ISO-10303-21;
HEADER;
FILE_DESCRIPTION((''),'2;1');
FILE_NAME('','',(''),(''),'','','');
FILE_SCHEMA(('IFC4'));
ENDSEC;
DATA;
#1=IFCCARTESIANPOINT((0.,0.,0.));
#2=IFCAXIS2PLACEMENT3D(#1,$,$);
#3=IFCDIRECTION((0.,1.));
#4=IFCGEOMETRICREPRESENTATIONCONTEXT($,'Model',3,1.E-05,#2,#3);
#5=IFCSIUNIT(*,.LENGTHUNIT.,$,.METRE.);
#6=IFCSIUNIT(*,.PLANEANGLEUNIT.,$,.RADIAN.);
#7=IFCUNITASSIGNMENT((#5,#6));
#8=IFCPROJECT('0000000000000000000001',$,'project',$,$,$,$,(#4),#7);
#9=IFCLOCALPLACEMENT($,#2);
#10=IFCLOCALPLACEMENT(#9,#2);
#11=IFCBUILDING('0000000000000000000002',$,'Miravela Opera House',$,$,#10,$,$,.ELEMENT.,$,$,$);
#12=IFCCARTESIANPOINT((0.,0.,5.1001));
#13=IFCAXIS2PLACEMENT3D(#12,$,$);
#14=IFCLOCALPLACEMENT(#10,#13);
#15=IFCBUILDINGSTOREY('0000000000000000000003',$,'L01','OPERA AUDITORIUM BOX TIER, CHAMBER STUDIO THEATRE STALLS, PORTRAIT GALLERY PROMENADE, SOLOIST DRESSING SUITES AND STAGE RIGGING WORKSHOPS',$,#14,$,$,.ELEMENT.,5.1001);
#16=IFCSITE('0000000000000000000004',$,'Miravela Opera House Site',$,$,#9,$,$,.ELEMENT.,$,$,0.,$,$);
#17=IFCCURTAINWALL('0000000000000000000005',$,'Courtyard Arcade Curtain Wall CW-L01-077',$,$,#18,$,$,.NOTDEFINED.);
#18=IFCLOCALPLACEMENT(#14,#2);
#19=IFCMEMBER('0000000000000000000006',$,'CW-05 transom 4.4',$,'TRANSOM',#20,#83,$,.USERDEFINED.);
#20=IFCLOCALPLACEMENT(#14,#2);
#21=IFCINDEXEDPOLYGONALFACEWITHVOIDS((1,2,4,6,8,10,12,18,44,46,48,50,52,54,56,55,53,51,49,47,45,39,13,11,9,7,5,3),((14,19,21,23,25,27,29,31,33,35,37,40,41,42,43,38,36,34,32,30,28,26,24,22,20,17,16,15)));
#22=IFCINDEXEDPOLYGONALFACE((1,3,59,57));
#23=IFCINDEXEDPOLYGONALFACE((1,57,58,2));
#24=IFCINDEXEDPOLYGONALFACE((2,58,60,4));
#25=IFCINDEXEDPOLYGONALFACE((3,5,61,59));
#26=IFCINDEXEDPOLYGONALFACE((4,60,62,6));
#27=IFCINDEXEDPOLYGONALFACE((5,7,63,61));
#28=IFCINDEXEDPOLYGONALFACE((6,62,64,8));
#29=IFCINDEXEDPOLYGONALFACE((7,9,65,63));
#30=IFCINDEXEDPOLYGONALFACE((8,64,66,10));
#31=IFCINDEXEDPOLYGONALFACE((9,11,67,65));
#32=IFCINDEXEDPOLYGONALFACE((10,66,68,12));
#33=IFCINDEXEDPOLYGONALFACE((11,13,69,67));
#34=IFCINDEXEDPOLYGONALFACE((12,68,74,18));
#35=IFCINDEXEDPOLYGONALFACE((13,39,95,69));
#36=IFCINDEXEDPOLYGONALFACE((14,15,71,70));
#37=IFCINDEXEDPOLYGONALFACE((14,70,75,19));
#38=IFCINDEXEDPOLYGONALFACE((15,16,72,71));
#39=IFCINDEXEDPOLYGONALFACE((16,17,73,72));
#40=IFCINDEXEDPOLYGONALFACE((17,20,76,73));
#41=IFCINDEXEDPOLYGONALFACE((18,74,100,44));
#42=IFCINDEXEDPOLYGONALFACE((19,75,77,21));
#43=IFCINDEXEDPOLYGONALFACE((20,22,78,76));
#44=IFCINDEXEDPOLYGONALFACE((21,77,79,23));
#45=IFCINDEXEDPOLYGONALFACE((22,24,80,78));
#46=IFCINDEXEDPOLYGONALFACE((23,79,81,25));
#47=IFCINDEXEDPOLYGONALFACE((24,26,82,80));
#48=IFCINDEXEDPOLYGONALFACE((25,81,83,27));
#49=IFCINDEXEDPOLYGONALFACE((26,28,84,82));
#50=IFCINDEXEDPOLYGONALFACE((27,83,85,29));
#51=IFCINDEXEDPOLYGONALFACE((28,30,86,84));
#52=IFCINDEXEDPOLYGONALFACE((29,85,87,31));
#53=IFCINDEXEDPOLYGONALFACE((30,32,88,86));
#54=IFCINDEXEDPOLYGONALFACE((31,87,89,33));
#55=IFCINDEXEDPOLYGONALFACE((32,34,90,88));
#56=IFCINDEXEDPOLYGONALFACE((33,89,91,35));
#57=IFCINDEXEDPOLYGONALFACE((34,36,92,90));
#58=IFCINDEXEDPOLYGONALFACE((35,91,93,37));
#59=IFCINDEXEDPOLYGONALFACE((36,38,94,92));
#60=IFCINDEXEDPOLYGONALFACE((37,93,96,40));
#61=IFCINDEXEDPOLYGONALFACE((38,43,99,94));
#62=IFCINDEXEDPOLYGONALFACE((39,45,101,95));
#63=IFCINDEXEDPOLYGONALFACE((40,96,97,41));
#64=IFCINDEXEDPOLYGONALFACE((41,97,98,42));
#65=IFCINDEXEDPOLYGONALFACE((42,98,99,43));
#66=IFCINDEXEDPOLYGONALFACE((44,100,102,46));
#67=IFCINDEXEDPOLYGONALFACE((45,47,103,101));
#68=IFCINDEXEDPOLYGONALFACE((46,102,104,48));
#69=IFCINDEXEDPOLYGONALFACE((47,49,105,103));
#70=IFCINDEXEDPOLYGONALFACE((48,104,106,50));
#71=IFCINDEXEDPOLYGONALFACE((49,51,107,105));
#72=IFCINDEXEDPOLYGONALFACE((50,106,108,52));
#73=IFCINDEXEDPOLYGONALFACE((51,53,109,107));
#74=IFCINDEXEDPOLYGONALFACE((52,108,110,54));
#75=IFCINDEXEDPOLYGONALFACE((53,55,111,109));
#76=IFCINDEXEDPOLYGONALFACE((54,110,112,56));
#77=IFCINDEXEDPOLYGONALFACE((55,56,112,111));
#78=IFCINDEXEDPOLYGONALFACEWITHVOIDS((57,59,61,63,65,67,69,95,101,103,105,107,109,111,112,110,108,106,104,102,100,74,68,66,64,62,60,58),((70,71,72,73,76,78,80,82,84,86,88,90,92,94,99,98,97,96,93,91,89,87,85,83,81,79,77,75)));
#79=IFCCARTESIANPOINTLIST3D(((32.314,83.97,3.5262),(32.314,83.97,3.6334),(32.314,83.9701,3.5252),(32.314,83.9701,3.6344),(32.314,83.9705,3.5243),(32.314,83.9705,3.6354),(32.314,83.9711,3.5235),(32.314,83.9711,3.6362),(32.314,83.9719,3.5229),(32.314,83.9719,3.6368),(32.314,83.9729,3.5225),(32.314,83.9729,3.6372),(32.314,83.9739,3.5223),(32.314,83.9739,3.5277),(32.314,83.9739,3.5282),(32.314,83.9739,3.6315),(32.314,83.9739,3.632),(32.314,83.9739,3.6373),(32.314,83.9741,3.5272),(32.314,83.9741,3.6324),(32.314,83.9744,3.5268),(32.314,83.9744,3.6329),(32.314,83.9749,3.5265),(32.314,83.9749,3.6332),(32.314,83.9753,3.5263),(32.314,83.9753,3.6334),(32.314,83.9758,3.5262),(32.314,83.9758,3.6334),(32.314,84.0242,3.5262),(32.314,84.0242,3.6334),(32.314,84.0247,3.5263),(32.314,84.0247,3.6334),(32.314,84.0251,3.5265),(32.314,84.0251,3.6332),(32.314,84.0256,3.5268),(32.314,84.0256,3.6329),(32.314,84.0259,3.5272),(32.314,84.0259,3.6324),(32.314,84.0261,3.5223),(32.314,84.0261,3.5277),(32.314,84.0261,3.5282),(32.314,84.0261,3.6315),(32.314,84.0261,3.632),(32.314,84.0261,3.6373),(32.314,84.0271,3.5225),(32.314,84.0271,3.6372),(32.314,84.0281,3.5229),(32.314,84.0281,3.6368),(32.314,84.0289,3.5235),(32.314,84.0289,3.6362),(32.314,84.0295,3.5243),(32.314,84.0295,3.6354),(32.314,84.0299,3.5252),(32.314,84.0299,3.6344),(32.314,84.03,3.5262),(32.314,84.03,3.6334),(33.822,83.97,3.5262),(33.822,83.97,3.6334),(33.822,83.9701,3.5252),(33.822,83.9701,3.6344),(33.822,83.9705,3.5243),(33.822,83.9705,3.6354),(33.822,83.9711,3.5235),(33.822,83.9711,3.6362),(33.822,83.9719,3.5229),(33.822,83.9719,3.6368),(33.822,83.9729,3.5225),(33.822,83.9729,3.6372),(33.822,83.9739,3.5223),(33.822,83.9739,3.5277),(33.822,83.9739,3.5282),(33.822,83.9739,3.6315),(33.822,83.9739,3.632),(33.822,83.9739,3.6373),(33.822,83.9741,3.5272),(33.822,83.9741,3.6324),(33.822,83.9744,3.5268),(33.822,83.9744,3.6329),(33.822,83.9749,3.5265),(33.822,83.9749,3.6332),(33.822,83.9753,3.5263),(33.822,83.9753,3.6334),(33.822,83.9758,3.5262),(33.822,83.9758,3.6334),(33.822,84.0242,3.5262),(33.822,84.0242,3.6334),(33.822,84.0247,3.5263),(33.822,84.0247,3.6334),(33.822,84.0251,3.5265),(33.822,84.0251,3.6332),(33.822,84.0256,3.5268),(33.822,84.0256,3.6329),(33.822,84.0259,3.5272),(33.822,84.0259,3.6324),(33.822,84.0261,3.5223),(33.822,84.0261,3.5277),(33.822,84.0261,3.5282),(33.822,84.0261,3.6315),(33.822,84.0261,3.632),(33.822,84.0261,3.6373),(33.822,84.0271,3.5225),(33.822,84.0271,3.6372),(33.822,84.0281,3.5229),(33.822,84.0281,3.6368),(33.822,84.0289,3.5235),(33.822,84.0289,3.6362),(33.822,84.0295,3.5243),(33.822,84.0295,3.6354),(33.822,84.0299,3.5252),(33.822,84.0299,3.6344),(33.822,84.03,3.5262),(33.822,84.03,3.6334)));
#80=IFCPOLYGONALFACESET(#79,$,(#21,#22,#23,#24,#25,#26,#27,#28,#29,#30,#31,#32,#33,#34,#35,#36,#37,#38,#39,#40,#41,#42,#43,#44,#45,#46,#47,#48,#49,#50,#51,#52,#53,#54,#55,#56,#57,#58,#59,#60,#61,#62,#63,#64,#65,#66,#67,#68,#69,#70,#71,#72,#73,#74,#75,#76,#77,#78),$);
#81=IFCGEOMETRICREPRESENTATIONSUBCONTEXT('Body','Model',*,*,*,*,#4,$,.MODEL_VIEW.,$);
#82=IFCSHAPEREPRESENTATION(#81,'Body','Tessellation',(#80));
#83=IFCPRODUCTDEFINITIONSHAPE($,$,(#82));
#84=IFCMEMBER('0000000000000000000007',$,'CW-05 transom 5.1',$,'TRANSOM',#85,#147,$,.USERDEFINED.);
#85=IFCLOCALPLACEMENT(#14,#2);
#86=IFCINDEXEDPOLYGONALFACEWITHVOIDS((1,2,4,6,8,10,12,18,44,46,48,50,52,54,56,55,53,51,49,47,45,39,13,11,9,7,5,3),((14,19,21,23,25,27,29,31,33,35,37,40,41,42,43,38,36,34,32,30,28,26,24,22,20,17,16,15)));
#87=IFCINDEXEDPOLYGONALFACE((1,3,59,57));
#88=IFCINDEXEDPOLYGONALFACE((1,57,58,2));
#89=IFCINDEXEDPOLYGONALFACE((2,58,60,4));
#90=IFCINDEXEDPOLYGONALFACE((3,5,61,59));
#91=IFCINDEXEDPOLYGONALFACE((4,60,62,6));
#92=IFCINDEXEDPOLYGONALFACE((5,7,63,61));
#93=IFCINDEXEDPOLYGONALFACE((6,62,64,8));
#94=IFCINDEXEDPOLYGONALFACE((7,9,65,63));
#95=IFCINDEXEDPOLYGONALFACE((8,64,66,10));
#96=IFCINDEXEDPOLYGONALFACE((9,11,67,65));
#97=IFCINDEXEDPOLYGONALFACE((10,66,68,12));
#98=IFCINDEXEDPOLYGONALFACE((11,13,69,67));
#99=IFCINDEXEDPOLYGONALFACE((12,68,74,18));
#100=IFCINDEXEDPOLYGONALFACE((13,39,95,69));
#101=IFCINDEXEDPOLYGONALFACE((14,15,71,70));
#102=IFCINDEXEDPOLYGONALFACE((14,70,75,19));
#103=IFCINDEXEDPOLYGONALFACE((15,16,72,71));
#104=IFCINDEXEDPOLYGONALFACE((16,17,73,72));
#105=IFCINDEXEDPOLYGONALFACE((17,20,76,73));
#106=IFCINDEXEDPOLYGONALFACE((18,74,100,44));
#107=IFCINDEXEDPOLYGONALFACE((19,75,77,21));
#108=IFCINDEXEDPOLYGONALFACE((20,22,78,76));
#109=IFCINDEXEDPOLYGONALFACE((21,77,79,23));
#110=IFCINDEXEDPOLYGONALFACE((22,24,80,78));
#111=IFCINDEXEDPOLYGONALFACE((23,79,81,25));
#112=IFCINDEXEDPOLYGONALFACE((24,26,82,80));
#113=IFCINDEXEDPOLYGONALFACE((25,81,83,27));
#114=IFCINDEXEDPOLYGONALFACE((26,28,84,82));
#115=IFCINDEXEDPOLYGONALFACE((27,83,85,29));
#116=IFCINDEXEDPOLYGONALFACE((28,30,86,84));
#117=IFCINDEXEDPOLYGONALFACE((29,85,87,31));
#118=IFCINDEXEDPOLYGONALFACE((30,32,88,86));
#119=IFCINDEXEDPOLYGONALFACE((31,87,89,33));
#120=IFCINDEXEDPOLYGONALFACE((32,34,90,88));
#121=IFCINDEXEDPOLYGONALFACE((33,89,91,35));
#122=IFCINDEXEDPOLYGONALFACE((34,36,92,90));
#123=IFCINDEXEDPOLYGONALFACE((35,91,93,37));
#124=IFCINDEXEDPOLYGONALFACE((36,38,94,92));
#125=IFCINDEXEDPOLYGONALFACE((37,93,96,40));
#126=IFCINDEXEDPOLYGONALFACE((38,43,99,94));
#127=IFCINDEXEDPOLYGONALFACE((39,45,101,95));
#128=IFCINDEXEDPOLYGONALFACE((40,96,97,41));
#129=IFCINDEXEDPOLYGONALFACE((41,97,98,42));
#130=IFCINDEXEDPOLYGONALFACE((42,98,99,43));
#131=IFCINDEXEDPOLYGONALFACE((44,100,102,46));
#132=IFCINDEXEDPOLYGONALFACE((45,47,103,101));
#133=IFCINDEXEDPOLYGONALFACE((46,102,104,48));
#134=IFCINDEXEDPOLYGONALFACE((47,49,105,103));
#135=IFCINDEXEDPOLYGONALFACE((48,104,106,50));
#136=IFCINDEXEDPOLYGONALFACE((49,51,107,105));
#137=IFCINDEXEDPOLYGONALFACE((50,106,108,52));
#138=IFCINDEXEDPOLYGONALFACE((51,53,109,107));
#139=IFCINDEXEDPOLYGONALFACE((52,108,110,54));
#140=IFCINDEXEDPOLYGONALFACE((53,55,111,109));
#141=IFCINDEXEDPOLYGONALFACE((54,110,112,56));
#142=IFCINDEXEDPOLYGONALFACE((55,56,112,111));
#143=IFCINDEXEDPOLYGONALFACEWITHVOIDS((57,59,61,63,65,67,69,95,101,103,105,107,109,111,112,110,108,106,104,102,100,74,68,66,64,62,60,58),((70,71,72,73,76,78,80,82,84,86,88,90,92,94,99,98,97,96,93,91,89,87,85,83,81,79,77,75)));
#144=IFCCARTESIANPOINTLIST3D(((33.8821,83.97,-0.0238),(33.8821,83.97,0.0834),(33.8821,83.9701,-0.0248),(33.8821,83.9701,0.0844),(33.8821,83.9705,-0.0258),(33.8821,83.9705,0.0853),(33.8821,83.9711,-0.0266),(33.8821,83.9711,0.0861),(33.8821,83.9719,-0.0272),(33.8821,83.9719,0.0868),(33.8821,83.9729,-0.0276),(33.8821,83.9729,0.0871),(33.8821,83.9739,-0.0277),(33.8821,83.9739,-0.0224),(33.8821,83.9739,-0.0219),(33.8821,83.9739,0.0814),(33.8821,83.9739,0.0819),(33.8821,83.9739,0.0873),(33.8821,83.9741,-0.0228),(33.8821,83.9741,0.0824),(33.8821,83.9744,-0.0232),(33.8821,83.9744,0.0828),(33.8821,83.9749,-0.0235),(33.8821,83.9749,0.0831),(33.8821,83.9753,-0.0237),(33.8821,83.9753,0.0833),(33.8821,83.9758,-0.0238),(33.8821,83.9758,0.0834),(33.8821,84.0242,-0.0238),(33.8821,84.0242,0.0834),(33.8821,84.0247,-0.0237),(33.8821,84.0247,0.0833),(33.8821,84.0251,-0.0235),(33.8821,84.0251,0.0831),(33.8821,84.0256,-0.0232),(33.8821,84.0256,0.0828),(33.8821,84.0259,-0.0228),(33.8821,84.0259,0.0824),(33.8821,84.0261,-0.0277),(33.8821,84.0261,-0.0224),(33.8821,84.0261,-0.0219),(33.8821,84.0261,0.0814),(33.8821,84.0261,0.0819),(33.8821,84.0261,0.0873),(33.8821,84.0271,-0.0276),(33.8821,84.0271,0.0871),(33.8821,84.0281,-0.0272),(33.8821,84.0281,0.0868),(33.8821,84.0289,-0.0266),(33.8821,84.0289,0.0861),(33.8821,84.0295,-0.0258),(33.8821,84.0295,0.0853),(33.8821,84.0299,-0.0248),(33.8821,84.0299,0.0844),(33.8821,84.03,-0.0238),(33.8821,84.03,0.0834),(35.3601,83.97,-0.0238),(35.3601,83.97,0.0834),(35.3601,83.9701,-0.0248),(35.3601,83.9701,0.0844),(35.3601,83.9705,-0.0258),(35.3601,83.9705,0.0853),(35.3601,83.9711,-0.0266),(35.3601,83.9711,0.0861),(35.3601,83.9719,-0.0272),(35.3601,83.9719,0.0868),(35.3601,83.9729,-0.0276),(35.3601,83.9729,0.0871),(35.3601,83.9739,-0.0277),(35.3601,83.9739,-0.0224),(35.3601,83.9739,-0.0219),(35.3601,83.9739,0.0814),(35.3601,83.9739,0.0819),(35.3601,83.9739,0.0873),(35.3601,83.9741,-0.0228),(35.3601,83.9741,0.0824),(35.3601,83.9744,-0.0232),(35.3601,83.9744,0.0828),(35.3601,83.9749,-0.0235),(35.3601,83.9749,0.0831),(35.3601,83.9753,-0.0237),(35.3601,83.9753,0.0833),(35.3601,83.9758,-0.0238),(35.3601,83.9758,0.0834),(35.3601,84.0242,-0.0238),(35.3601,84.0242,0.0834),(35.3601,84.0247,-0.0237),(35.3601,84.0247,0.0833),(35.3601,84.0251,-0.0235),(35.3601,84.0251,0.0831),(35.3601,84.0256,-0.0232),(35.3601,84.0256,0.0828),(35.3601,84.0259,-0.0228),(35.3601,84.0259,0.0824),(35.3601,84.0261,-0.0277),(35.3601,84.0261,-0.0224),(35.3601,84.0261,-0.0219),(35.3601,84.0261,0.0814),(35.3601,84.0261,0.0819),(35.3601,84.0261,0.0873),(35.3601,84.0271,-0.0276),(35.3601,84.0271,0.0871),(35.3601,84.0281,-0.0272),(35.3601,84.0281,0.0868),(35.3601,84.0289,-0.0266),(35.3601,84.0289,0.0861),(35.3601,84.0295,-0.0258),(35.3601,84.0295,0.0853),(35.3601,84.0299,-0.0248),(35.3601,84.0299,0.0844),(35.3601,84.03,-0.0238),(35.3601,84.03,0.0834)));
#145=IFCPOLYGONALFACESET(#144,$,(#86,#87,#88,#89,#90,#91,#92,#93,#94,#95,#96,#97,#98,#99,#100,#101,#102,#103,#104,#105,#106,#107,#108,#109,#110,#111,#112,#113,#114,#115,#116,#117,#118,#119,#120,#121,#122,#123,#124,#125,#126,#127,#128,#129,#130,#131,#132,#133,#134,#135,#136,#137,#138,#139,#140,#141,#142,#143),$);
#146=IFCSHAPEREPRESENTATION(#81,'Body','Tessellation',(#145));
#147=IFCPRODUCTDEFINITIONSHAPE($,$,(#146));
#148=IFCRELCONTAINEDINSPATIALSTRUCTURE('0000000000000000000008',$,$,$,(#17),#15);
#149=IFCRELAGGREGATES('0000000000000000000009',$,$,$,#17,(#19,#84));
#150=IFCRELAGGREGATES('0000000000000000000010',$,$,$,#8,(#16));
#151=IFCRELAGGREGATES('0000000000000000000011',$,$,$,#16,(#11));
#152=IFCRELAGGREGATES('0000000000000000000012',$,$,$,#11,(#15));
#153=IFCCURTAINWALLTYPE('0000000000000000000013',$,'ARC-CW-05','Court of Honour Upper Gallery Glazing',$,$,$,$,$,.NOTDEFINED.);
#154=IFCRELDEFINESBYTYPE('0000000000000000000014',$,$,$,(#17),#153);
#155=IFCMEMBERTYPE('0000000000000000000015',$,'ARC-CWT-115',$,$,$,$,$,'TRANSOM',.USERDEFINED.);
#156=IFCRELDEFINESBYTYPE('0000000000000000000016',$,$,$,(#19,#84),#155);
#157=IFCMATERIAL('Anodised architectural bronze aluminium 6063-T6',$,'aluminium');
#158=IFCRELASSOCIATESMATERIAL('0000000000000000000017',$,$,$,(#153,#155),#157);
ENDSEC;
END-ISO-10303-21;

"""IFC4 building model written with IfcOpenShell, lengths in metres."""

from ifc_helpers import new_model, si_unit, direction, frame, origin, origin_2d, place, context, subcontext, project, spatial, hollow_rectangle, extrude, material, material_profile, profile_set, type_object, element, aggregate, save


model = new_model("IFC4")

# Units and contexts
model_context = context("Model", 3, precision=1e-05, world=origin(), true_north=direction((0.0, 1.0)))
body_context = subcontext(model_context, "Body", "Model", "MODEL_VIEW")
ifc_project = project(units=[si_unit("LENGTHUNIT", "METRE"), si_unit("PLANEANGLEUNIT", "RADIAN")], contexts=[model_context])

# Site, building, storey
site_placement = place(None, origin())
site = spatial("IfcSite", under=ifc_project, at=site_placement, Name="Miravela Opera House Site", CompositionType="ELEMENT", RefElevation=0.0)
building_placement = place(site_placement, origin())
building = spatial("IfcBuilding", under=site, at=building_placement, Name="Miravela Opera House", CompositionType="ELEMENT")
storey_placement = place(building_placement, frame((0.0, 0.0, 5.1001)))
storey = spatial("IfcBuildingStorey", under=building, at=storey_placement, Name="L01", Description="OPERA AUDITORIUM BOX TIER, CHAMBER STUDIO THEATRE STALLS, PORTRAIT GALLERY PROMENADE, SOLOIST DRESSING SUITES AND STAGE RIGGING WORKSHOPS", CompositionType="ELEMENT", Elevation=5.1001)

# Curtain wall, members
ifc_material_1 = material(Name="Anodised architectural bronze aluminium 6063-T6", Category="aluminium")
curtain_wall_type = type_object("IfcCurtainWallType", Name="ARC-CW-05", Description="Court of Honour Upper Gallery Glazing", PredefinedType="NOTDEFINED", material=ifc_material_1)
curtain_wall_placement = place(storey_placement, origin())
curtain_wall = element("IfcCurtainWall", 1, at=curtain_wall_placement, inside=storey, type_object=curtain_wall_type, Name="Courtyard Arcade Curtain Wall CW-L01-077", PredefinedType="NOTDEFINED")
ifc_material_profile_1 = material_profile(ifc_material_1, hollow_rectangle(XDim=0.0601, YDim=0.115, WallThickness=0.0039, InnerFilletRadius=0.002, OuterFilletRadius=0.0039, at=origin_2d()), Name="CWT-60X115")
ifc_profile_set_1 = profile_set([ifc_material_profile_1])
member_type_1 = type_object("IfcMemberType", Name="ARC-CWT-115", ElementType="TRANSOM", PredefinedType="USERDEFINED", material=ifc_profile_set_1)
member_1_placement = place(storey_placement, frame((32.314, 84.0, 3.5798), z_axis=(1.0, 0.0, 0.0), x_axis=(0.0, 1.0, 0.0)))
member_1 = element("IfcMember", 2, at=member_1_placement, type_object=member_type_1, Name="CW-05 transom 4.4", ObjectType="TRANSOM", PredefinedType="USERDEFINED", context=body_context, shape_type="SweptSolid", body=[
    extrude(hollow_rectangle(XDim=0.0601, YDim=0.115, WallThickness=0.0039, InnerFilletRadius=0.002, OuterFilletRadius=0.0039, at=origin_2d()), origin(), (0.0, 0.0, 1.0), 1.5081),
])
member_2_placement = place(storey_placement, frame((33.8821, 84.0, 0.0298), z_axis=(1.0, 0.0, 0.0), x_axis=(0.0, 1.0, 0.0)))
member_2 = element("IfcMember", 3, at=member_2_placement, type_object=member_type_1, Name="CW-05 transom 5.1", ObjectType="TRANSOM", PredefinedType="USERDEFINED", context=body_context, shape_type="SweptSolid", body=[
    extrude(hollow_rectangle(XDim=0.0601, YDim=0.115, WallThickness=0.0039, InnerFilletRadius=0.002, OuterFilletRadius=0.0039, at=origin_2d()), origin(), (0.0, 0.0, 1.0), 1.478),
])
aggregate(curtain_wall, [member_1, member_2])

save(model, "model.ifc")
